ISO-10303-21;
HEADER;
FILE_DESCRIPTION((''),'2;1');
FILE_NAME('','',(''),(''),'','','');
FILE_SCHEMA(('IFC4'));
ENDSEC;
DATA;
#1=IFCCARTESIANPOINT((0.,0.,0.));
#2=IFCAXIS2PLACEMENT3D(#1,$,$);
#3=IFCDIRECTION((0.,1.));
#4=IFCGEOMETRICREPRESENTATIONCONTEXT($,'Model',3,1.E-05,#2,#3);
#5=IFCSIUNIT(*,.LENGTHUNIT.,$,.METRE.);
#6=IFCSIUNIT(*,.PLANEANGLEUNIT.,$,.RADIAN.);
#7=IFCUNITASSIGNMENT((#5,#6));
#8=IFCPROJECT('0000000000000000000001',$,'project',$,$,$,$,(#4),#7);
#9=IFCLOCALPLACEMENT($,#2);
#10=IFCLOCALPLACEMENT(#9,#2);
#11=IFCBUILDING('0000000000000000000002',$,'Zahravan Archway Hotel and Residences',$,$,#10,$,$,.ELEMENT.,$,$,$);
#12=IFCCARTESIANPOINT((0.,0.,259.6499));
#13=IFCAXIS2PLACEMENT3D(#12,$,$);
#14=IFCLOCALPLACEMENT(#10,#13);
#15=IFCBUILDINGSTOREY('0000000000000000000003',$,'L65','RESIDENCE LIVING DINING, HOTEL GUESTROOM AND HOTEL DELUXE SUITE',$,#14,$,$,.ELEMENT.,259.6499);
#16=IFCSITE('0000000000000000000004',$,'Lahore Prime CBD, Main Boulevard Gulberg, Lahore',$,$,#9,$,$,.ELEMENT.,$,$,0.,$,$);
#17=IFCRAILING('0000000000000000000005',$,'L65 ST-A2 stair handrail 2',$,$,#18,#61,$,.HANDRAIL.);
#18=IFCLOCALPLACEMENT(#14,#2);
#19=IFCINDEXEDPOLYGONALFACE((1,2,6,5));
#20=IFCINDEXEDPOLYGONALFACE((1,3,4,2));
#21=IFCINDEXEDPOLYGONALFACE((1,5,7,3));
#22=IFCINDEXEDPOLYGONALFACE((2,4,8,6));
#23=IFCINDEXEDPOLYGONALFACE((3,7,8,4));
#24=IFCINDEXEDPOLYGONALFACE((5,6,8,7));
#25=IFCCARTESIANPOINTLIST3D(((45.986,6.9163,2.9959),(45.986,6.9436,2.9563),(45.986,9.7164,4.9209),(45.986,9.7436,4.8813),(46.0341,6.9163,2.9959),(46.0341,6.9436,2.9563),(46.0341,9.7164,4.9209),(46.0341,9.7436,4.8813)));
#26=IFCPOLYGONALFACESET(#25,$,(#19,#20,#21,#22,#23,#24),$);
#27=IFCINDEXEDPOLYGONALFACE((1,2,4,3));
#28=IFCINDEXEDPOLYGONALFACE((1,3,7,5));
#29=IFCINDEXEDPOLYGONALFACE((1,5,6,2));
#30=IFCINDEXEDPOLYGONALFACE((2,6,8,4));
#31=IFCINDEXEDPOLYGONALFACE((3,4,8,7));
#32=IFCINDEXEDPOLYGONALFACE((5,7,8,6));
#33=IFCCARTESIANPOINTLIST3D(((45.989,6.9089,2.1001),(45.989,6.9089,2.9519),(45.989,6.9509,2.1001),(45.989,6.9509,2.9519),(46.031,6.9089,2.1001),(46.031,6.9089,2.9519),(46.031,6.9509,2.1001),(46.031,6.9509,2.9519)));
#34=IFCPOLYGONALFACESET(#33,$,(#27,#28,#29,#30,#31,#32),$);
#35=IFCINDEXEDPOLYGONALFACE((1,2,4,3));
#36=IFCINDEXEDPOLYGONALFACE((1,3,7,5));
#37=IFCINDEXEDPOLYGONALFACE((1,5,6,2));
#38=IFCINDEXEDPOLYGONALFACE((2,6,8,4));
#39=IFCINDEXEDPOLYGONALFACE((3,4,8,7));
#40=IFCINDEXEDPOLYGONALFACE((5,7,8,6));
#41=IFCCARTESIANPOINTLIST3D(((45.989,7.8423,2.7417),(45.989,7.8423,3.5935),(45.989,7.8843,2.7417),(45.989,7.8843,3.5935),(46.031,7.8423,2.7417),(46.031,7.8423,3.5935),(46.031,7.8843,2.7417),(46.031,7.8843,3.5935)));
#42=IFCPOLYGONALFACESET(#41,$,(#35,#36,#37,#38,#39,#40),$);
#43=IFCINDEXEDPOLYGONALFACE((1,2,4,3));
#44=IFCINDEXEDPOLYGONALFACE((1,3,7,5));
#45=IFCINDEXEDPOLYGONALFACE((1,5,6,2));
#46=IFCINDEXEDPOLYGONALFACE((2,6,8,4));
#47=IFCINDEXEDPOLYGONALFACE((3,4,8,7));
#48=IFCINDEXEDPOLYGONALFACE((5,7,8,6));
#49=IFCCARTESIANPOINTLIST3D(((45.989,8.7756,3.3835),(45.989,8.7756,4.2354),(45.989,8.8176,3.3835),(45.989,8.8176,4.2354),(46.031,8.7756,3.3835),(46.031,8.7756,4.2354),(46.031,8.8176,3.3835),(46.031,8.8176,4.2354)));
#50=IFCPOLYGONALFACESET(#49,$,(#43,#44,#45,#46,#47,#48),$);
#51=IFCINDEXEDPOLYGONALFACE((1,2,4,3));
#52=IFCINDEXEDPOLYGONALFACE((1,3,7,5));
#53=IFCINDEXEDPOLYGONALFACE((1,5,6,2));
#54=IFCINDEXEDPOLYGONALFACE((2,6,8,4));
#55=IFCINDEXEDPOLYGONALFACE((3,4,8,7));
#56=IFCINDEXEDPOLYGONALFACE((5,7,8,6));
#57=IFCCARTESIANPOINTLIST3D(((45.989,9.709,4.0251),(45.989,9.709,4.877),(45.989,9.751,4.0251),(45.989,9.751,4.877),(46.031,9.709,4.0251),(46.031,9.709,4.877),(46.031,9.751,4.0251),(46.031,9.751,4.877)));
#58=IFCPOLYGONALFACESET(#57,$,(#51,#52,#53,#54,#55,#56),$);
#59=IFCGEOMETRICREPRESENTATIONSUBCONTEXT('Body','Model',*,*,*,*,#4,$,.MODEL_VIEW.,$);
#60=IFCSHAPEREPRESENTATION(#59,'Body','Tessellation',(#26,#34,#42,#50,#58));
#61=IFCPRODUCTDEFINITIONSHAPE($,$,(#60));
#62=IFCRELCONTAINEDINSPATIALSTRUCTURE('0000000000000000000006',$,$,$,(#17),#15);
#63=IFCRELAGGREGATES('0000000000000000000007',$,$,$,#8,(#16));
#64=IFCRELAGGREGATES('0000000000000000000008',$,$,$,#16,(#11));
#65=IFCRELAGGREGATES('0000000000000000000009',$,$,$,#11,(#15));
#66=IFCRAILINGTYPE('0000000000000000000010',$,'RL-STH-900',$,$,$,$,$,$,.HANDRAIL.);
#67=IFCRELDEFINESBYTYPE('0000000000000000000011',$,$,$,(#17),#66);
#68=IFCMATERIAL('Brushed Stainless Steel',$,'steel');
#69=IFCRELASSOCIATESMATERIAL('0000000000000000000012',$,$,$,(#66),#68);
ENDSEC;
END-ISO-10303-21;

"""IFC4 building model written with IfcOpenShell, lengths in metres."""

from ifc_helpers import new_model, si_unit, direction, frame, origin, origin_2d, place, context, subcontext, project, spatial, rectangle, extrude, material, type_object, element, save


model = new_model("IFC4")

# Units and contexts
model_context = context("Model", 3, precision=1e-05, world=origin(), true_north=direction((0.0, 1.0)))
body_context = subcontext(model_context, "Body", "Model", "MODEL_VIEW")
ifc_project = project(units=[si_unit("LENGTHUNIT", "METRE"), si_unit("PLANEANGLEUNIT", "RADIAN")], contexts=[model_context])

# Site, building, storey
site_placement = place(None, origin())
site = spatial("IfcSite", under=ifc_project, at=site_placement, Name="Lahore Prime CBD, Main Boulevard Gulberg, Lahore", CompositionType="ELEMENT", RefElevation=0.0)
building_placement = place(site_placement, origin())
building = spatial("IfcBuilding", under=site, at=building_placement, Name="Zahravan Archway Hotel and Residences", CompositionType="ELEMENT")
storey_placement = place(building_placement, frame((0.0, 0.0, 259.6499)))
storey = spatial("IfcBuildingStorey", under=building, at=storey_placement, Name="L65", Description="RESIDENCE LIVING DINING, HOTEL GUESTROOM AND HOTEL DELUXE SUITE", CompositionType="ELEMENT", Elevation=259.6499)

# Railing
ifc_material_1 = material(Name="Brushed Stainless Steel", Category="steel")
railing_type_1 = type_object("IfcRailingType", Name="RL-STH-900", PredefinedType="HANDRAIL", material=ifc_material_1)
railing_1_placement = place(storey_placement, frame((46.01, 6.9299, 2.1001)))
element("IfcRailing", 1, at=railing_1_placement, inside=storey, type_object=railing_type_1, Name="L65 ST-A2 stair handrail 2", PredefinedType="HANDRAIL", context=body_context, shape_type="SweptSolid", body=[
    extrude(rectangle(XDim=0.0481, YDim=0.0481, at=origin_2d()), frame((0.0, 0.0, 0.876), z_axis=(0.0, 0.82404, 0.566532), x_axis=(-1.0, 0.0, 0.0)), (0.0, 0.0, 1.0), 3.3979),
    extrude(rectangle(XDim=0.042, YDim=0.042, at=origin_2d()), origin(), (0.0, 0.0, 1.0), 0.8518),
    extrude(rectangle(XDim=0.042, YDim=0.042, at=origin_2d()), frame((0.0, 0.9333, 0.6416)), (0.0, 0.0, 1.0), 0.8518),
    extrude(rectangle(XDim=0.042, YDim=0.042, at=origin_2d()), frame((0.0, 1.8667, 1.2834)), (0.0, 0.0, 1.0), 0.8518),
    extrude(rectangle(XDim=0.042, YDim=0.042, at=origin_2d()), frame((0.0, 2.8, 1.925)), (0.0, 0.0, 1.0), 0.8518),
])

save(model, "model.ifc")
